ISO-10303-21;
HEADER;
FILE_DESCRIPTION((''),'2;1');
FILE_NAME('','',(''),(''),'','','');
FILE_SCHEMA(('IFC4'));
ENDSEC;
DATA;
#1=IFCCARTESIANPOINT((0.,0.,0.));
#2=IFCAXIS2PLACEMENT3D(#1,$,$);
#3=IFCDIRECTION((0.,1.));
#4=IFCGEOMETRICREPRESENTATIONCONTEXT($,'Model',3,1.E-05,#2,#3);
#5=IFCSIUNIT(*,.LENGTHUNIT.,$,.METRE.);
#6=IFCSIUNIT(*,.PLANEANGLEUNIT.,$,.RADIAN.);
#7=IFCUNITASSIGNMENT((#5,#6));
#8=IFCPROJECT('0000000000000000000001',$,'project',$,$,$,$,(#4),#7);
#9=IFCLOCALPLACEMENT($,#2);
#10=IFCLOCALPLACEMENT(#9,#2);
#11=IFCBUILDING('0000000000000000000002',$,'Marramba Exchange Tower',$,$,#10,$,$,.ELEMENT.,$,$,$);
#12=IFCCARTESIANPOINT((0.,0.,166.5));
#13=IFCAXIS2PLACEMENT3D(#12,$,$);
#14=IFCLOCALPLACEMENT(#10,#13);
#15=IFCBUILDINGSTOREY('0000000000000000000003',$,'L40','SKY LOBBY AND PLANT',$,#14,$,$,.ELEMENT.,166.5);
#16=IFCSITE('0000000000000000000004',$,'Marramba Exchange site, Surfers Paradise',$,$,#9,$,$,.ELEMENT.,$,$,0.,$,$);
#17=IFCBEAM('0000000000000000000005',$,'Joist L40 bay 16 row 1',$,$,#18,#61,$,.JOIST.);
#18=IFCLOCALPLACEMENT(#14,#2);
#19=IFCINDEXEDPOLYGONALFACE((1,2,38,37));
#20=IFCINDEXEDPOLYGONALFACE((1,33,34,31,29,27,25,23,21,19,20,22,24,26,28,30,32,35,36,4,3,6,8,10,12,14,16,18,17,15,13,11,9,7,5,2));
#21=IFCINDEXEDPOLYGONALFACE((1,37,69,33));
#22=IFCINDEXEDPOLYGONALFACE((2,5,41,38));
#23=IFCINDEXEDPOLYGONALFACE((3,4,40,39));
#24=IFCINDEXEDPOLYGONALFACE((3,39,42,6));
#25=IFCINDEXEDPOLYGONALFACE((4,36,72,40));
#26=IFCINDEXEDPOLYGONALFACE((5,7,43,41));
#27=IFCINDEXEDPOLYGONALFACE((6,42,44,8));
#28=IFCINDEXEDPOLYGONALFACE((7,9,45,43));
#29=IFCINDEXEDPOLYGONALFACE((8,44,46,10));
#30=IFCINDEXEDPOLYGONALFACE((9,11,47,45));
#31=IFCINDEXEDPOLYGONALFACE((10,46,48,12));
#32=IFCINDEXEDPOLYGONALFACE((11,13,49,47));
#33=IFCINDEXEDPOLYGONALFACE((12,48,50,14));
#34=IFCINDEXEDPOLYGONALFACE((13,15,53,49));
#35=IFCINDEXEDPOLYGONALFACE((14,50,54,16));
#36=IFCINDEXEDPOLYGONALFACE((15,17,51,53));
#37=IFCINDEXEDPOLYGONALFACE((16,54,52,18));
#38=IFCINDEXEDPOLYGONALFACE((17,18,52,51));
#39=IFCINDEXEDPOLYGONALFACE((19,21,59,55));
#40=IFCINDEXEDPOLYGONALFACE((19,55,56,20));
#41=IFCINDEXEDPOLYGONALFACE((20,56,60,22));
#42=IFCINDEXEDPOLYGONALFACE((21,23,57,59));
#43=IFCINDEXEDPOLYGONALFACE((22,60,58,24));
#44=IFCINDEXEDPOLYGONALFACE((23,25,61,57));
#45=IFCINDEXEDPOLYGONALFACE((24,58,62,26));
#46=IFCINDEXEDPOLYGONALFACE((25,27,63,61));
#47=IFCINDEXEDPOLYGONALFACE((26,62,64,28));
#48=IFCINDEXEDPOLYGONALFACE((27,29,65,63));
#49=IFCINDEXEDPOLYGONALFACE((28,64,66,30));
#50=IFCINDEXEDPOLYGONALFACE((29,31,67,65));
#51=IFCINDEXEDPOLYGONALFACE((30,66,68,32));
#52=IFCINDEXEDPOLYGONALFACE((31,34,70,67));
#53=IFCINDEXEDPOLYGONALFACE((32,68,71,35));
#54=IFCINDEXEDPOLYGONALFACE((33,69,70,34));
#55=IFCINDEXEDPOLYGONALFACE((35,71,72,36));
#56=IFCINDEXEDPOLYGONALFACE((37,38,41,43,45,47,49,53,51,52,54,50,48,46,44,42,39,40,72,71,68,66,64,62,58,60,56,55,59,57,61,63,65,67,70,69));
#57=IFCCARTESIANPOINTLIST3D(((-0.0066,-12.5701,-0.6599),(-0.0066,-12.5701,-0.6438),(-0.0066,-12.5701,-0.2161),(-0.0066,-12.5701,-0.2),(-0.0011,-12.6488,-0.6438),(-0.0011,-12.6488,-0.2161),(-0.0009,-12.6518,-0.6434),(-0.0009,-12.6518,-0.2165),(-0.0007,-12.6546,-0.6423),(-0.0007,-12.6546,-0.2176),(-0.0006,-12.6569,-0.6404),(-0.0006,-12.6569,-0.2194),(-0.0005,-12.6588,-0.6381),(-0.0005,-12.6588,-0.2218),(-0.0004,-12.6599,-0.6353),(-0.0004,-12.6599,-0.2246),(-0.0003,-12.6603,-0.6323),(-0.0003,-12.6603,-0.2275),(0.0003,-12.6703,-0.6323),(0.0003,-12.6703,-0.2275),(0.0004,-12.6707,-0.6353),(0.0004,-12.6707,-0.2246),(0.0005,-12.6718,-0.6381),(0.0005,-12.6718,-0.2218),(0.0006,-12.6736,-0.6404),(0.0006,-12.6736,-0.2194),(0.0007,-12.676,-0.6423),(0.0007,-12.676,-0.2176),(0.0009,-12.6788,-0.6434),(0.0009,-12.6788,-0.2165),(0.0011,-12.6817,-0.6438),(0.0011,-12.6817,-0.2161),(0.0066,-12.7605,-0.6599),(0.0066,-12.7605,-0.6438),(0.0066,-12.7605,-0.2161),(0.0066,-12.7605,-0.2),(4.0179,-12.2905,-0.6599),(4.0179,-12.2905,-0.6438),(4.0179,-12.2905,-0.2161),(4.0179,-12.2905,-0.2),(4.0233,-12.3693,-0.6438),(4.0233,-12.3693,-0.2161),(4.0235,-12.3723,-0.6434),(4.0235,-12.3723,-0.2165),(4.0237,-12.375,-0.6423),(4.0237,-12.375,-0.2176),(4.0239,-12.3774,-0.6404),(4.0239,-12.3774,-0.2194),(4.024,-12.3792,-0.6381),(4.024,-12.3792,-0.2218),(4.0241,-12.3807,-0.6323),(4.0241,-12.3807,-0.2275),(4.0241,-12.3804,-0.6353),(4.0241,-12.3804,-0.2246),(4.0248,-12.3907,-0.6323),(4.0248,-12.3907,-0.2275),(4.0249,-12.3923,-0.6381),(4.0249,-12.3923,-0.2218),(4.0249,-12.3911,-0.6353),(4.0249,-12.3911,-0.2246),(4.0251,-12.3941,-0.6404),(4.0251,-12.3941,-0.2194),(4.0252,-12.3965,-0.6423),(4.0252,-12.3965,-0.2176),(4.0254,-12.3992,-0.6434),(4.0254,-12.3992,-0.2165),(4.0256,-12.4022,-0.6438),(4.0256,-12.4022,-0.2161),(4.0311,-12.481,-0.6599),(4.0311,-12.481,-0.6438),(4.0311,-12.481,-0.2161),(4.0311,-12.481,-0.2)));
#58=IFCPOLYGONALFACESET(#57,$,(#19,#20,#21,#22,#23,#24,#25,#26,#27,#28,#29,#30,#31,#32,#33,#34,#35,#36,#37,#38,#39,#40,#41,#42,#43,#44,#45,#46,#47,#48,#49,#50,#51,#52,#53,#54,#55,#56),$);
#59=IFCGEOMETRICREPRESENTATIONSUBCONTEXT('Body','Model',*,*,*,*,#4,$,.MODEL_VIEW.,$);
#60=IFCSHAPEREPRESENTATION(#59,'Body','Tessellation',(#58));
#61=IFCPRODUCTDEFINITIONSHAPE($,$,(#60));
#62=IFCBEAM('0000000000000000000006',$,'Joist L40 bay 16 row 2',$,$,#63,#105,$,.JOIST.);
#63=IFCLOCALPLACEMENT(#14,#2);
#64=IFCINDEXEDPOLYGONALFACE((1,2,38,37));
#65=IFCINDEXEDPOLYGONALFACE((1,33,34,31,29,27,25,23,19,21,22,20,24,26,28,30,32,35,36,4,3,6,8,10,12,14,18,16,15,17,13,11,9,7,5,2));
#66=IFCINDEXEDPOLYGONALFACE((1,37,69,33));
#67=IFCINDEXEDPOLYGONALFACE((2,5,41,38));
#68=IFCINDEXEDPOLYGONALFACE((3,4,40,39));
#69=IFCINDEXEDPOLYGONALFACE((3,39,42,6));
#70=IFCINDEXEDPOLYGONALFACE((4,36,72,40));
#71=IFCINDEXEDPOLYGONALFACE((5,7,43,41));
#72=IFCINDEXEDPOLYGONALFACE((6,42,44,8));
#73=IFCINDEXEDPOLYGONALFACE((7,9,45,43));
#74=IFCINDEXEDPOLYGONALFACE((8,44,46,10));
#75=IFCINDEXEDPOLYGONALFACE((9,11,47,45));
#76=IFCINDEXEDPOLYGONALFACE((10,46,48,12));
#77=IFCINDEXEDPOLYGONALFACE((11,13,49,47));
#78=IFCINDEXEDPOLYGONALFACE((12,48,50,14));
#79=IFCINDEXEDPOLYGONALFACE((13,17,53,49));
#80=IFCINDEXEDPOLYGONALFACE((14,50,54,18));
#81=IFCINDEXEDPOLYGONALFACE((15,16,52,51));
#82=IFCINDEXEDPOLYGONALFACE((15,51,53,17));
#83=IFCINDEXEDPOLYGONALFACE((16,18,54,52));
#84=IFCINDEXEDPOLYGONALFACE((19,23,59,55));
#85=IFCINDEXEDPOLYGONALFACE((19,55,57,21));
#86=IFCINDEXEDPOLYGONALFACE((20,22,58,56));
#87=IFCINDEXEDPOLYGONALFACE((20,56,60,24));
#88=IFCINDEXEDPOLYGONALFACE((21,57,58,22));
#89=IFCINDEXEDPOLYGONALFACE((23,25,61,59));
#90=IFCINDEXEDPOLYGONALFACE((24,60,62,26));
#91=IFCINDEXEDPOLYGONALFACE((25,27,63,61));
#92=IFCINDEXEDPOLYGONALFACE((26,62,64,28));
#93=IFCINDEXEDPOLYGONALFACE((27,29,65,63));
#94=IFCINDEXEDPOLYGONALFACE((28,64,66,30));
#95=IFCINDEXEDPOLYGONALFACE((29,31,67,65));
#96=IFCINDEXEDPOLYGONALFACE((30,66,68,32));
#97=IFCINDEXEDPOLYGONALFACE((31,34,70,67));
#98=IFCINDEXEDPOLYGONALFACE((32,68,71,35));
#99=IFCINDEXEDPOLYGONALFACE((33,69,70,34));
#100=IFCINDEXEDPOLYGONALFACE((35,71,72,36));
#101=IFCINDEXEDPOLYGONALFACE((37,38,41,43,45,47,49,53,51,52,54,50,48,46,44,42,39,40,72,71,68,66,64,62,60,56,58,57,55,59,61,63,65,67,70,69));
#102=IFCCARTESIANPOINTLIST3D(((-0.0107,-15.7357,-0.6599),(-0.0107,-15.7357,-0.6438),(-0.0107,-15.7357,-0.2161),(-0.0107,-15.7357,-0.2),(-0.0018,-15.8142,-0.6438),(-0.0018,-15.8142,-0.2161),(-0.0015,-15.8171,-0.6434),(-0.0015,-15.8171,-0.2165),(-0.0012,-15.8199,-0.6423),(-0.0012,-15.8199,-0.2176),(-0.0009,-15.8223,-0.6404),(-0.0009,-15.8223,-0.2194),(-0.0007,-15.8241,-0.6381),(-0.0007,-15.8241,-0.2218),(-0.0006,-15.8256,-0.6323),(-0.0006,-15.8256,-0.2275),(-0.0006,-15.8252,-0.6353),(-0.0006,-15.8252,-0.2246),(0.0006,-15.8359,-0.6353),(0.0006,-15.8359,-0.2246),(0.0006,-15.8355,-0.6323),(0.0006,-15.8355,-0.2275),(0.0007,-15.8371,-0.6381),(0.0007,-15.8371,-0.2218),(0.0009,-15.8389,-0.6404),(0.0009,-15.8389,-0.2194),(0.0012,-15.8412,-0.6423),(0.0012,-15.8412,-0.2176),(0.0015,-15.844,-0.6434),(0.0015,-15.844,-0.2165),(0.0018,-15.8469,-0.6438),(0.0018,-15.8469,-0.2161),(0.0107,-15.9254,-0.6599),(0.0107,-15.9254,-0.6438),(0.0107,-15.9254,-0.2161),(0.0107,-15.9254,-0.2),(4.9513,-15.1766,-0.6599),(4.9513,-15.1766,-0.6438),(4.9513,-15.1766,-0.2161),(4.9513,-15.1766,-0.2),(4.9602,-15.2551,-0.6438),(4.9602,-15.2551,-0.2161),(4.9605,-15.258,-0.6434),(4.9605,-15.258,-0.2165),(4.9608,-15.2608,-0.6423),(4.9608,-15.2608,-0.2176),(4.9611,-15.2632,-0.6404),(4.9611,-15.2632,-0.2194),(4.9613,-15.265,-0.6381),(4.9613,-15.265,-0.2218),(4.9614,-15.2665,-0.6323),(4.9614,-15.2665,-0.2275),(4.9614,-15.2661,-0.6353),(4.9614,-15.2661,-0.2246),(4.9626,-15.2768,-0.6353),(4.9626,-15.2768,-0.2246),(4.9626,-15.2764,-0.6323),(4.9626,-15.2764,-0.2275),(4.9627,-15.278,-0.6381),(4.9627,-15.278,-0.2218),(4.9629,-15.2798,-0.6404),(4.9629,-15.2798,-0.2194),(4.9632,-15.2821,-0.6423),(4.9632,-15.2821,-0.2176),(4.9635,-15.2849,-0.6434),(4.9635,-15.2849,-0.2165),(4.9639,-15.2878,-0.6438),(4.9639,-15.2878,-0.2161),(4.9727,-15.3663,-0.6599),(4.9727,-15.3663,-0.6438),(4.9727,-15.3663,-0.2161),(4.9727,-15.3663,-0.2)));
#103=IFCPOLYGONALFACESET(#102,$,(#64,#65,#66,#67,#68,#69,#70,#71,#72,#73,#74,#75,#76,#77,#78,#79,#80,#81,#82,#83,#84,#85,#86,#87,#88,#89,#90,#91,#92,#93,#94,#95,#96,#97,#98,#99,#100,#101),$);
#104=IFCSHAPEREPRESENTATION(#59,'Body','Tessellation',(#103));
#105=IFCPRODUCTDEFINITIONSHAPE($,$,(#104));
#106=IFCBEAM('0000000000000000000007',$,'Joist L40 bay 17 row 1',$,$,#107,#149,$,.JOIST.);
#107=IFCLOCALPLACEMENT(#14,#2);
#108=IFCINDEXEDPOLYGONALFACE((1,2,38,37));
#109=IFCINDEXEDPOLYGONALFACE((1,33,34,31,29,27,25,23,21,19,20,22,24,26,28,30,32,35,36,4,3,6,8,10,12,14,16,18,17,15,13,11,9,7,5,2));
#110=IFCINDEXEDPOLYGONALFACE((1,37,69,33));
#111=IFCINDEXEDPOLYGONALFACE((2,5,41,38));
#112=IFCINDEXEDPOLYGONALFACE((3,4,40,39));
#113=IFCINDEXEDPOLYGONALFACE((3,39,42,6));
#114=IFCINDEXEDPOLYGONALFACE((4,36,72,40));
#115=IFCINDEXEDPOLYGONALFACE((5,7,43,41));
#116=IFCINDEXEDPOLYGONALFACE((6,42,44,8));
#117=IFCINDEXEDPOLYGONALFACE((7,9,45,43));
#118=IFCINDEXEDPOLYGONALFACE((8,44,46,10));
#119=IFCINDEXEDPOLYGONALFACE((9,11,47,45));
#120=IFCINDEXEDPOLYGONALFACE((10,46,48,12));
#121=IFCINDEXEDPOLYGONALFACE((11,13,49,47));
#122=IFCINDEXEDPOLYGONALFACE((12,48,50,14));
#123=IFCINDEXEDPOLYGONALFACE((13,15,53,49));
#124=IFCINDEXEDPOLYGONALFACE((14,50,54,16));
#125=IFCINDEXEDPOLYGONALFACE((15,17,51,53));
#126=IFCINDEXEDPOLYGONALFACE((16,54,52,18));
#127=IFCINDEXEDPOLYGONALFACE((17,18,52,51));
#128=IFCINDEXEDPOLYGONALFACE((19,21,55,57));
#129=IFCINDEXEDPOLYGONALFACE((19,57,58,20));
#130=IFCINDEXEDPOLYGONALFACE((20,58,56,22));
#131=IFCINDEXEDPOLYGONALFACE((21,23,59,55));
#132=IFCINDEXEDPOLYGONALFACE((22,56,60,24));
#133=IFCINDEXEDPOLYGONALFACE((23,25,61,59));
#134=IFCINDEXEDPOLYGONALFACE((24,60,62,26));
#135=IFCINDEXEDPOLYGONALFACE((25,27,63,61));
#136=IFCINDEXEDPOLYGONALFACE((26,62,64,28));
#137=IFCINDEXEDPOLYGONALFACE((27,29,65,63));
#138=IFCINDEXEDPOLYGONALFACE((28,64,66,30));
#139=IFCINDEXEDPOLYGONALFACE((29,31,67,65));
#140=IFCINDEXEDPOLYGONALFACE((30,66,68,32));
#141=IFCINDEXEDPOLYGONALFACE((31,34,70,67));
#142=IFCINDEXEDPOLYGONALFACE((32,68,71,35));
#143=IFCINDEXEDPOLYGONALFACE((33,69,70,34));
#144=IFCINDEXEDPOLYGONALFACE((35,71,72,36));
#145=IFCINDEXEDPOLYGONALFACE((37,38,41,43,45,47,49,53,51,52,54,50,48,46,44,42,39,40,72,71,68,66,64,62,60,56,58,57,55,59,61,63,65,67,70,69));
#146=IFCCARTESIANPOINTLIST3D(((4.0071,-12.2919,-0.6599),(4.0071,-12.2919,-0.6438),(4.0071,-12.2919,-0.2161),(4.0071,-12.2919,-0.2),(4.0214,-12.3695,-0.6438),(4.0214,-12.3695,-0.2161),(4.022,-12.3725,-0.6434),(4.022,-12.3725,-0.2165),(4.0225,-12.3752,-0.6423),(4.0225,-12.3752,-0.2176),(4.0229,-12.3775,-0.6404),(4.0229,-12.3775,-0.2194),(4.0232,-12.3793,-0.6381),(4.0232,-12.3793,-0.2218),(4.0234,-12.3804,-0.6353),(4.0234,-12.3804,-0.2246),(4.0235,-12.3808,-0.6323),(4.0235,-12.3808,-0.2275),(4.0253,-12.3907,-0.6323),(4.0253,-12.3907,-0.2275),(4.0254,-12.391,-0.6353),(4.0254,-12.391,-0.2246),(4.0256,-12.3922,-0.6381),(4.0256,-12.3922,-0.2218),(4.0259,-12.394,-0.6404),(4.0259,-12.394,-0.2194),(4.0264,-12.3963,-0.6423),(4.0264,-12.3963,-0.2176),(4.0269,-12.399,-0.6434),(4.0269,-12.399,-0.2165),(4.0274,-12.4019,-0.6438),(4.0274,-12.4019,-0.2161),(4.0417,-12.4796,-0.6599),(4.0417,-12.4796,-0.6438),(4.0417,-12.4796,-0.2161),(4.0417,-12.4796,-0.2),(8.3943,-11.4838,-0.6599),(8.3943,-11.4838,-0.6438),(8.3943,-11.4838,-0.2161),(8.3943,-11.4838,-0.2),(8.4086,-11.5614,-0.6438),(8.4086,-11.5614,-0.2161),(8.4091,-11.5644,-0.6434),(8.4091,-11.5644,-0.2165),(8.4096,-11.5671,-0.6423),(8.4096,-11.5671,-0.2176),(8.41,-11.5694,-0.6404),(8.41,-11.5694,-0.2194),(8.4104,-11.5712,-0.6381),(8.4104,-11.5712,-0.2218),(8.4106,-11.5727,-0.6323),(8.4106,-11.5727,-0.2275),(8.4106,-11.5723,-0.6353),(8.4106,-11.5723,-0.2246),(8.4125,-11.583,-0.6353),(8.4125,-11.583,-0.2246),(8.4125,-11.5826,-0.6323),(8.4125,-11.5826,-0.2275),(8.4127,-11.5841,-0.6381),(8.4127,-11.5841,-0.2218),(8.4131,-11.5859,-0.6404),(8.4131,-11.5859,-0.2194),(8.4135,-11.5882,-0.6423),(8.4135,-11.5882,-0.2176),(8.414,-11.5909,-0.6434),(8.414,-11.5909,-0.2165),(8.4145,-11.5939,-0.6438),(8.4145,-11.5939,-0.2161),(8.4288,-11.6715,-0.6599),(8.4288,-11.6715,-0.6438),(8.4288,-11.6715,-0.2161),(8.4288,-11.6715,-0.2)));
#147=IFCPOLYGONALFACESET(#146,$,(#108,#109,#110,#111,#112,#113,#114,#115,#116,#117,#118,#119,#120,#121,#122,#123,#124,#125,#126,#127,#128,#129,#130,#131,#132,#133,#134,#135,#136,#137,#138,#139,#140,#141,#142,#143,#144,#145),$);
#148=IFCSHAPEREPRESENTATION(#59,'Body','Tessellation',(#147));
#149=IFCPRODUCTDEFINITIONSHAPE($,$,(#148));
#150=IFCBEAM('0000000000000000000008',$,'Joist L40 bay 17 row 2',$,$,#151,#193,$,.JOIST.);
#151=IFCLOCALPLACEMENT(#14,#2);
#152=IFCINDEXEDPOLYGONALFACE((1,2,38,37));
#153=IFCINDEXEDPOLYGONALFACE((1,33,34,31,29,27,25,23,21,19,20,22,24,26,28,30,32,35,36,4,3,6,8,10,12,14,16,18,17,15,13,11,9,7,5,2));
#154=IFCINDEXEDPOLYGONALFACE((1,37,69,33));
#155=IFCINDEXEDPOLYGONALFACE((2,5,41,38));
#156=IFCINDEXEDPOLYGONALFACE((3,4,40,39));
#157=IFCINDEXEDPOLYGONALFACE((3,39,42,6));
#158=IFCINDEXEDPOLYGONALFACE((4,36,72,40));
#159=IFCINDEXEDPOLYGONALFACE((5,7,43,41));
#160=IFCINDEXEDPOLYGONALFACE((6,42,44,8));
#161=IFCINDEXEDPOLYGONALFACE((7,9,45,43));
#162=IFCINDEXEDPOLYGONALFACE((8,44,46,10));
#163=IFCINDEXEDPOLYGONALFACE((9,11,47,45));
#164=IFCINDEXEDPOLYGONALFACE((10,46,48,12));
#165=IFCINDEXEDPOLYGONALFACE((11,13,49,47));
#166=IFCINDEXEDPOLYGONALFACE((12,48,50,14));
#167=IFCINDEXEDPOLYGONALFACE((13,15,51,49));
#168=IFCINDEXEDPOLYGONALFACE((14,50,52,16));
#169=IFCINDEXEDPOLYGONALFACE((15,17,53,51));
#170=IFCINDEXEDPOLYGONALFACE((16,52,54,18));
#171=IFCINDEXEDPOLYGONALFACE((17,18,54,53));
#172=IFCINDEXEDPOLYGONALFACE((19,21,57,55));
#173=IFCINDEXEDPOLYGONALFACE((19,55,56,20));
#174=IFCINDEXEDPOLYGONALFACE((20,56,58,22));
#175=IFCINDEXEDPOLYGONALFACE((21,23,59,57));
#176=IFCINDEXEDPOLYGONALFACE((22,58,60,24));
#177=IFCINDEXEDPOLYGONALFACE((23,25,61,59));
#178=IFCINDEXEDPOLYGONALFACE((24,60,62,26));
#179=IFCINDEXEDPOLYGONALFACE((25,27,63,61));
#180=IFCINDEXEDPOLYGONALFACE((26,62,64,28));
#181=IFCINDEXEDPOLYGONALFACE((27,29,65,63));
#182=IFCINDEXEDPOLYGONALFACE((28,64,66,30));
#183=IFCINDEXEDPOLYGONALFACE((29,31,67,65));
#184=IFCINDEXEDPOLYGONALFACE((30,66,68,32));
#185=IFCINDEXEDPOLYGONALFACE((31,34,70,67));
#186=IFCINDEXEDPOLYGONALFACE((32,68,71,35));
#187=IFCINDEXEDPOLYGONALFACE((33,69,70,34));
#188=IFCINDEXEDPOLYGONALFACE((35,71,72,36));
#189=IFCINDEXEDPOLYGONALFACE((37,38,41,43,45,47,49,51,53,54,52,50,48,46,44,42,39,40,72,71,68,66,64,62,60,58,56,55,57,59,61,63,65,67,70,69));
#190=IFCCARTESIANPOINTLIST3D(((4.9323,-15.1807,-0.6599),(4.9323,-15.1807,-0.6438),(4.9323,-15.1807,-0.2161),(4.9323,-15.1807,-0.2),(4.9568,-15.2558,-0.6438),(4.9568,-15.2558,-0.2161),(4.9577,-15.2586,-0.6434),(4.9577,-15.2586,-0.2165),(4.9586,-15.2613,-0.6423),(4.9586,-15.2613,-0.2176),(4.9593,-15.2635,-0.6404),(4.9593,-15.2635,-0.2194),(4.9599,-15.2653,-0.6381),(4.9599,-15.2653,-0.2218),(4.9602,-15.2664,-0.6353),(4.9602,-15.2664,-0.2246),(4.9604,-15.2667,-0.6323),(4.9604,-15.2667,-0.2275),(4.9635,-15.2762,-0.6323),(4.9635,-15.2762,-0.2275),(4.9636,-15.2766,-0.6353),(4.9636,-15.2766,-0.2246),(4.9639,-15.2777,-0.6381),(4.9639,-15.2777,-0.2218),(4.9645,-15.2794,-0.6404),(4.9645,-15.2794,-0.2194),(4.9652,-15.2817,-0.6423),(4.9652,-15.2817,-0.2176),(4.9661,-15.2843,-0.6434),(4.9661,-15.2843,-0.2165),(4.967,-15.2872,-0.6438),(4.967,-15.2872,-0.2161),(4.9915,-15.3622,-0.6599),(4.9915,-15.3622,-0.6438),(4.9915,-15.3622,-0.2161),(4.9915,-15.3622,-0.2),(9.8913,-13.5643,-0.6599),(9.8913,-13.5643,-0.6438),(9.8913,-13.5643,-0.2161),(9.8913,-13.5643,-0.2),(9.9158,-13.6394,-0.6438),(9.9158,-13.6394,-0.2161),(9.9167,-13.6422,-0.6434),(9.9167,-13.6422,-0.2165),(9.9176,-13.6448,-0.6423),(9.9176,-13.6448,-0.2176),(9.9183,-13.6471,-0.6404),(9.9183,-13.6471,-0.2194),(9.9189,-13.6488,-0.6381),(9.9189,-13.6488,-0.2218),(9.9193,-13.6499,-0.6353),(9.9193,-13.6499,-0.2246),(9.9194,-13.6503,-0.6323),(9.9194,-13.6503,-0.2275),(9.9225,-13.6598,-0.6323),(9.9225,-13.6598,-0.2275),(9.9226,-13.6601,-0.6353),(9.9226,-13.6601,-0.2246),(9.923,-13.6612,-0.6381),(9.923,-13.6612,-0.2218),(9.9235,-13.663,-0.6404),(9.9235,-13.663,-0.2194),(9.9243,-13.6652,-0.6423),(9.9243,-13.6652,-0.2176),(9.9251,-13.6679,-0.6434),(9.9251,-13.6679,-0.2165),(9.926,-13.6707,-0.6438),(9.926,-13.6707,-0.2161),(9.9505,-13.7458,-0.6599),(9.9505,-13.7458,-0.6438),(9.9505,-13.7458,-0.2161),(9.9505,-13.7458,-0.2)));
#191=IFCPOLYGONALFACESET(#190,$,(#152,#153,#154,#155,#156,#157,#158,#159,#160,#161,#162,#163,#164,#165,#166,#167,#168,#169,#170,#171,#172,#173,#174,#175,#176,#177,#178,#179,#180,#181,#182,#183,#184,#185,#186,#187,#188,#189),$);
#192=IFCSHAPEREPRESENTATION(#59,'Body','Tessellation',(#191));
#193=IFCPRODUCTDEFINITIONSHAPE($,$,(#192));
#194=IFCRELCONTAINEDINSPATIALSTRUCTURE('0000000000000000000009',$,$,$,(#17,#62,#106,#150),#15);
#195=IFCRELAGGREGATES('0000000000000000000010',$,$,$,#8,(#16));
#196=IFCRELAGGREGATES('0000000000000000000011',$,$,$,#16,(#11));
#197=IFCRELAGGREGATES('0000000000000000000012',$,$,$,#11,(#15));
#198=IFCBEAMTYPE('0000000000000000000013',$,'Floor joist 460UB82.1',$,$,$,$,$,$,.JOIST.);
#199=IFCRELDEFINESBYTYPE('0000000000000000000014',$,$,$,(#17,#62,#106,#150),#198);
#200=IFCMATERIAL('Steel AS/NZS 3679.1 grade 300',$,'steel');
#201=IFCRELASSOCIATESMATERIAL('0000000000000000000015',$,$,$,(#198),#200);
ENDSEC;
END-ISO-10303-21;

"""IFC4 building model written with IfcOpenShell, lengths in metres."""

from ifc_helpers import new_model, si_unit, direction, frame, origin, origin_2d, place, context, subcontext, project, spatial, i_section, extrude, material, material_profile, profile_set, type_object, element, save


model = new_model("IFC4")

# Units and contexts
model_context = context("Model", 3, precision=1e-05, world=origin(), true_north=direction((0.0, 1.0)))
body_context = subcontext(model_context, "Body", "Model", "MODEL_VIEW")
ifc_project = project(units=[si_unit("LENGTHUNIT", "METRE"), si_unit("PLANEANGLEUNIT", "RADIAN")], contexts=[model_context])

# Site, building, storey
site_placement = place(None, origin())
site = spatial("IfcSite", under=ifc_project, at=site_placement, Name="Marramba Exchange site, Surfers Paradise", CompositionType="ELEMENT", RefElevation=0.0)
building_placement = place(site_placement, origin())
building = spatial("IfcBuilding", under=site, at=building_placement, Name="Marramba Exchange Tower", CompositionType="ELEMENT")
storey_placement = place(building_placement, frame((0.0, 0.0, 166.5)))
storey = spatial("IfcBuildingStorey", under=building, at=storey_placement, Name="L40", Description="SKY LOBBY AND PLANT", CompositionType="ELEMENT", Elevation=166.5)

# Beams
ifc_material_1 = material(Name="Steel AS/NZS 3679.1 grade 300", Category="steel")
ifc_material_profile_1 = material_profile(ifc_material_1, i_section(OverallWidth=0.1909, OverallDepth=0.46, WebThickness=0.01, FlangeThickness=0.0161, FilletRadius=0.0115, at=origin_2d()), Name="460UB82.1")
ifc_profile_set_1 = profile_set([ifc_material_profile_1], Name="Steel AS/NZS 3679.1 grade 300")
beam_type_1 = type_object("IfcBeamType", Name="Floor joist 460UB82.1", PredefinedType="JOIST", material=ifc_profile_set_1)
beam_1_placement = place(storey_placement, frame((0.0, -12.6653, -0.4299), z_axis=(0.997596, 0.069294, 0.0), x_axis=(-0.069294, 0.997596, 0.0)))
element("IfcBeam", 1, at=beam_1_placement, inside=storey, type_object=beam_type_1, Name="Joist L40 bay 16 row 1", PredefinedType="JOIST", context=body_context, shape_type="SweptSolid", body=[
    extrude(i_section(OverallWidth=0.1909, OverallDepth=0.46, WebThickness=0.01, FlangeThickness=0.0161, FilletRadius=0.0115, at=origin_2d()), origin(), (0.0, 0.0, 1.0), 4.0342),
])
beam_2_placement = place(storey_placement, frame((0.0, -15.8306, -0.4299), z_axis=(0.993712, 0.111966, 0.0), x_axis=(-0.111966, 0.993712, 0.0)))
element("IfcBeam", 2, at=beam_2_placement, inside=storey, type_object=beam_type_1, Name="Joist L40 bay 16 row 2", PredefinedType="JOIST", context=body_context, shape_type="SweptSolid", body=[
    extrude(i_section(OverallWidth=0.1909, OverallDepth=0.46, WebThickness=0.01, FlangeThickness=0.0161, FilletRadius=0.0115, at=origin_2d()), origin(), (0.0, 0.0, 1.0), 4.9934),
])
beam_3_placement = place(storey_placement, frame((4.0244, -12.3857, -0.4299), z_axis=(0.983456, 0.181149, 0.0), x_axis=(-0.181149, 0.983456, 0.0)))
element("IfcBeam", 3, at=beam_3_placement, inside=storey, type_object=beam_type_1, Name="Joist L40 bay 17 row 1", PredefinedType="JOIST", context=body_context, shape_type="SweptSolid", body=[
    extrude(i_section(OverallWidth=0.1909, OverallDepth=0.46, WebThickness=0.01, FlangeThickness=0.0161, FilletRadius=0.0115, at=origin_2d()), origin(), (0.0, 0.0, 1.0), 4.4609),
])
beam_4_placement = place(storey_placement, frame((4.9619, -15.2715, -0.4299), z_axis=(0.950764, 0.309916, 0.0), x_axis=(-0.309916, 0.950764, 0.0)))
element("IfcBeam", 4, at=beam_4_placement, inside=storey, type_object=beam_type_1, Name="Joist L40 bay 17 row 2", PredefinedType="JOIST", context=body_context, shape_type="SweptSolid", body=[
    extrude(i_section(OverallWidth=0.1909, OverallDepth=0.46, WebThickness=0.01, FlangeThickness=0.0161, FilletRadius=0.0115, at=origin_2d()), origin(), (0.0, 0.0, 1.0), 5.2158),
])

save(model, "model.ifc")
